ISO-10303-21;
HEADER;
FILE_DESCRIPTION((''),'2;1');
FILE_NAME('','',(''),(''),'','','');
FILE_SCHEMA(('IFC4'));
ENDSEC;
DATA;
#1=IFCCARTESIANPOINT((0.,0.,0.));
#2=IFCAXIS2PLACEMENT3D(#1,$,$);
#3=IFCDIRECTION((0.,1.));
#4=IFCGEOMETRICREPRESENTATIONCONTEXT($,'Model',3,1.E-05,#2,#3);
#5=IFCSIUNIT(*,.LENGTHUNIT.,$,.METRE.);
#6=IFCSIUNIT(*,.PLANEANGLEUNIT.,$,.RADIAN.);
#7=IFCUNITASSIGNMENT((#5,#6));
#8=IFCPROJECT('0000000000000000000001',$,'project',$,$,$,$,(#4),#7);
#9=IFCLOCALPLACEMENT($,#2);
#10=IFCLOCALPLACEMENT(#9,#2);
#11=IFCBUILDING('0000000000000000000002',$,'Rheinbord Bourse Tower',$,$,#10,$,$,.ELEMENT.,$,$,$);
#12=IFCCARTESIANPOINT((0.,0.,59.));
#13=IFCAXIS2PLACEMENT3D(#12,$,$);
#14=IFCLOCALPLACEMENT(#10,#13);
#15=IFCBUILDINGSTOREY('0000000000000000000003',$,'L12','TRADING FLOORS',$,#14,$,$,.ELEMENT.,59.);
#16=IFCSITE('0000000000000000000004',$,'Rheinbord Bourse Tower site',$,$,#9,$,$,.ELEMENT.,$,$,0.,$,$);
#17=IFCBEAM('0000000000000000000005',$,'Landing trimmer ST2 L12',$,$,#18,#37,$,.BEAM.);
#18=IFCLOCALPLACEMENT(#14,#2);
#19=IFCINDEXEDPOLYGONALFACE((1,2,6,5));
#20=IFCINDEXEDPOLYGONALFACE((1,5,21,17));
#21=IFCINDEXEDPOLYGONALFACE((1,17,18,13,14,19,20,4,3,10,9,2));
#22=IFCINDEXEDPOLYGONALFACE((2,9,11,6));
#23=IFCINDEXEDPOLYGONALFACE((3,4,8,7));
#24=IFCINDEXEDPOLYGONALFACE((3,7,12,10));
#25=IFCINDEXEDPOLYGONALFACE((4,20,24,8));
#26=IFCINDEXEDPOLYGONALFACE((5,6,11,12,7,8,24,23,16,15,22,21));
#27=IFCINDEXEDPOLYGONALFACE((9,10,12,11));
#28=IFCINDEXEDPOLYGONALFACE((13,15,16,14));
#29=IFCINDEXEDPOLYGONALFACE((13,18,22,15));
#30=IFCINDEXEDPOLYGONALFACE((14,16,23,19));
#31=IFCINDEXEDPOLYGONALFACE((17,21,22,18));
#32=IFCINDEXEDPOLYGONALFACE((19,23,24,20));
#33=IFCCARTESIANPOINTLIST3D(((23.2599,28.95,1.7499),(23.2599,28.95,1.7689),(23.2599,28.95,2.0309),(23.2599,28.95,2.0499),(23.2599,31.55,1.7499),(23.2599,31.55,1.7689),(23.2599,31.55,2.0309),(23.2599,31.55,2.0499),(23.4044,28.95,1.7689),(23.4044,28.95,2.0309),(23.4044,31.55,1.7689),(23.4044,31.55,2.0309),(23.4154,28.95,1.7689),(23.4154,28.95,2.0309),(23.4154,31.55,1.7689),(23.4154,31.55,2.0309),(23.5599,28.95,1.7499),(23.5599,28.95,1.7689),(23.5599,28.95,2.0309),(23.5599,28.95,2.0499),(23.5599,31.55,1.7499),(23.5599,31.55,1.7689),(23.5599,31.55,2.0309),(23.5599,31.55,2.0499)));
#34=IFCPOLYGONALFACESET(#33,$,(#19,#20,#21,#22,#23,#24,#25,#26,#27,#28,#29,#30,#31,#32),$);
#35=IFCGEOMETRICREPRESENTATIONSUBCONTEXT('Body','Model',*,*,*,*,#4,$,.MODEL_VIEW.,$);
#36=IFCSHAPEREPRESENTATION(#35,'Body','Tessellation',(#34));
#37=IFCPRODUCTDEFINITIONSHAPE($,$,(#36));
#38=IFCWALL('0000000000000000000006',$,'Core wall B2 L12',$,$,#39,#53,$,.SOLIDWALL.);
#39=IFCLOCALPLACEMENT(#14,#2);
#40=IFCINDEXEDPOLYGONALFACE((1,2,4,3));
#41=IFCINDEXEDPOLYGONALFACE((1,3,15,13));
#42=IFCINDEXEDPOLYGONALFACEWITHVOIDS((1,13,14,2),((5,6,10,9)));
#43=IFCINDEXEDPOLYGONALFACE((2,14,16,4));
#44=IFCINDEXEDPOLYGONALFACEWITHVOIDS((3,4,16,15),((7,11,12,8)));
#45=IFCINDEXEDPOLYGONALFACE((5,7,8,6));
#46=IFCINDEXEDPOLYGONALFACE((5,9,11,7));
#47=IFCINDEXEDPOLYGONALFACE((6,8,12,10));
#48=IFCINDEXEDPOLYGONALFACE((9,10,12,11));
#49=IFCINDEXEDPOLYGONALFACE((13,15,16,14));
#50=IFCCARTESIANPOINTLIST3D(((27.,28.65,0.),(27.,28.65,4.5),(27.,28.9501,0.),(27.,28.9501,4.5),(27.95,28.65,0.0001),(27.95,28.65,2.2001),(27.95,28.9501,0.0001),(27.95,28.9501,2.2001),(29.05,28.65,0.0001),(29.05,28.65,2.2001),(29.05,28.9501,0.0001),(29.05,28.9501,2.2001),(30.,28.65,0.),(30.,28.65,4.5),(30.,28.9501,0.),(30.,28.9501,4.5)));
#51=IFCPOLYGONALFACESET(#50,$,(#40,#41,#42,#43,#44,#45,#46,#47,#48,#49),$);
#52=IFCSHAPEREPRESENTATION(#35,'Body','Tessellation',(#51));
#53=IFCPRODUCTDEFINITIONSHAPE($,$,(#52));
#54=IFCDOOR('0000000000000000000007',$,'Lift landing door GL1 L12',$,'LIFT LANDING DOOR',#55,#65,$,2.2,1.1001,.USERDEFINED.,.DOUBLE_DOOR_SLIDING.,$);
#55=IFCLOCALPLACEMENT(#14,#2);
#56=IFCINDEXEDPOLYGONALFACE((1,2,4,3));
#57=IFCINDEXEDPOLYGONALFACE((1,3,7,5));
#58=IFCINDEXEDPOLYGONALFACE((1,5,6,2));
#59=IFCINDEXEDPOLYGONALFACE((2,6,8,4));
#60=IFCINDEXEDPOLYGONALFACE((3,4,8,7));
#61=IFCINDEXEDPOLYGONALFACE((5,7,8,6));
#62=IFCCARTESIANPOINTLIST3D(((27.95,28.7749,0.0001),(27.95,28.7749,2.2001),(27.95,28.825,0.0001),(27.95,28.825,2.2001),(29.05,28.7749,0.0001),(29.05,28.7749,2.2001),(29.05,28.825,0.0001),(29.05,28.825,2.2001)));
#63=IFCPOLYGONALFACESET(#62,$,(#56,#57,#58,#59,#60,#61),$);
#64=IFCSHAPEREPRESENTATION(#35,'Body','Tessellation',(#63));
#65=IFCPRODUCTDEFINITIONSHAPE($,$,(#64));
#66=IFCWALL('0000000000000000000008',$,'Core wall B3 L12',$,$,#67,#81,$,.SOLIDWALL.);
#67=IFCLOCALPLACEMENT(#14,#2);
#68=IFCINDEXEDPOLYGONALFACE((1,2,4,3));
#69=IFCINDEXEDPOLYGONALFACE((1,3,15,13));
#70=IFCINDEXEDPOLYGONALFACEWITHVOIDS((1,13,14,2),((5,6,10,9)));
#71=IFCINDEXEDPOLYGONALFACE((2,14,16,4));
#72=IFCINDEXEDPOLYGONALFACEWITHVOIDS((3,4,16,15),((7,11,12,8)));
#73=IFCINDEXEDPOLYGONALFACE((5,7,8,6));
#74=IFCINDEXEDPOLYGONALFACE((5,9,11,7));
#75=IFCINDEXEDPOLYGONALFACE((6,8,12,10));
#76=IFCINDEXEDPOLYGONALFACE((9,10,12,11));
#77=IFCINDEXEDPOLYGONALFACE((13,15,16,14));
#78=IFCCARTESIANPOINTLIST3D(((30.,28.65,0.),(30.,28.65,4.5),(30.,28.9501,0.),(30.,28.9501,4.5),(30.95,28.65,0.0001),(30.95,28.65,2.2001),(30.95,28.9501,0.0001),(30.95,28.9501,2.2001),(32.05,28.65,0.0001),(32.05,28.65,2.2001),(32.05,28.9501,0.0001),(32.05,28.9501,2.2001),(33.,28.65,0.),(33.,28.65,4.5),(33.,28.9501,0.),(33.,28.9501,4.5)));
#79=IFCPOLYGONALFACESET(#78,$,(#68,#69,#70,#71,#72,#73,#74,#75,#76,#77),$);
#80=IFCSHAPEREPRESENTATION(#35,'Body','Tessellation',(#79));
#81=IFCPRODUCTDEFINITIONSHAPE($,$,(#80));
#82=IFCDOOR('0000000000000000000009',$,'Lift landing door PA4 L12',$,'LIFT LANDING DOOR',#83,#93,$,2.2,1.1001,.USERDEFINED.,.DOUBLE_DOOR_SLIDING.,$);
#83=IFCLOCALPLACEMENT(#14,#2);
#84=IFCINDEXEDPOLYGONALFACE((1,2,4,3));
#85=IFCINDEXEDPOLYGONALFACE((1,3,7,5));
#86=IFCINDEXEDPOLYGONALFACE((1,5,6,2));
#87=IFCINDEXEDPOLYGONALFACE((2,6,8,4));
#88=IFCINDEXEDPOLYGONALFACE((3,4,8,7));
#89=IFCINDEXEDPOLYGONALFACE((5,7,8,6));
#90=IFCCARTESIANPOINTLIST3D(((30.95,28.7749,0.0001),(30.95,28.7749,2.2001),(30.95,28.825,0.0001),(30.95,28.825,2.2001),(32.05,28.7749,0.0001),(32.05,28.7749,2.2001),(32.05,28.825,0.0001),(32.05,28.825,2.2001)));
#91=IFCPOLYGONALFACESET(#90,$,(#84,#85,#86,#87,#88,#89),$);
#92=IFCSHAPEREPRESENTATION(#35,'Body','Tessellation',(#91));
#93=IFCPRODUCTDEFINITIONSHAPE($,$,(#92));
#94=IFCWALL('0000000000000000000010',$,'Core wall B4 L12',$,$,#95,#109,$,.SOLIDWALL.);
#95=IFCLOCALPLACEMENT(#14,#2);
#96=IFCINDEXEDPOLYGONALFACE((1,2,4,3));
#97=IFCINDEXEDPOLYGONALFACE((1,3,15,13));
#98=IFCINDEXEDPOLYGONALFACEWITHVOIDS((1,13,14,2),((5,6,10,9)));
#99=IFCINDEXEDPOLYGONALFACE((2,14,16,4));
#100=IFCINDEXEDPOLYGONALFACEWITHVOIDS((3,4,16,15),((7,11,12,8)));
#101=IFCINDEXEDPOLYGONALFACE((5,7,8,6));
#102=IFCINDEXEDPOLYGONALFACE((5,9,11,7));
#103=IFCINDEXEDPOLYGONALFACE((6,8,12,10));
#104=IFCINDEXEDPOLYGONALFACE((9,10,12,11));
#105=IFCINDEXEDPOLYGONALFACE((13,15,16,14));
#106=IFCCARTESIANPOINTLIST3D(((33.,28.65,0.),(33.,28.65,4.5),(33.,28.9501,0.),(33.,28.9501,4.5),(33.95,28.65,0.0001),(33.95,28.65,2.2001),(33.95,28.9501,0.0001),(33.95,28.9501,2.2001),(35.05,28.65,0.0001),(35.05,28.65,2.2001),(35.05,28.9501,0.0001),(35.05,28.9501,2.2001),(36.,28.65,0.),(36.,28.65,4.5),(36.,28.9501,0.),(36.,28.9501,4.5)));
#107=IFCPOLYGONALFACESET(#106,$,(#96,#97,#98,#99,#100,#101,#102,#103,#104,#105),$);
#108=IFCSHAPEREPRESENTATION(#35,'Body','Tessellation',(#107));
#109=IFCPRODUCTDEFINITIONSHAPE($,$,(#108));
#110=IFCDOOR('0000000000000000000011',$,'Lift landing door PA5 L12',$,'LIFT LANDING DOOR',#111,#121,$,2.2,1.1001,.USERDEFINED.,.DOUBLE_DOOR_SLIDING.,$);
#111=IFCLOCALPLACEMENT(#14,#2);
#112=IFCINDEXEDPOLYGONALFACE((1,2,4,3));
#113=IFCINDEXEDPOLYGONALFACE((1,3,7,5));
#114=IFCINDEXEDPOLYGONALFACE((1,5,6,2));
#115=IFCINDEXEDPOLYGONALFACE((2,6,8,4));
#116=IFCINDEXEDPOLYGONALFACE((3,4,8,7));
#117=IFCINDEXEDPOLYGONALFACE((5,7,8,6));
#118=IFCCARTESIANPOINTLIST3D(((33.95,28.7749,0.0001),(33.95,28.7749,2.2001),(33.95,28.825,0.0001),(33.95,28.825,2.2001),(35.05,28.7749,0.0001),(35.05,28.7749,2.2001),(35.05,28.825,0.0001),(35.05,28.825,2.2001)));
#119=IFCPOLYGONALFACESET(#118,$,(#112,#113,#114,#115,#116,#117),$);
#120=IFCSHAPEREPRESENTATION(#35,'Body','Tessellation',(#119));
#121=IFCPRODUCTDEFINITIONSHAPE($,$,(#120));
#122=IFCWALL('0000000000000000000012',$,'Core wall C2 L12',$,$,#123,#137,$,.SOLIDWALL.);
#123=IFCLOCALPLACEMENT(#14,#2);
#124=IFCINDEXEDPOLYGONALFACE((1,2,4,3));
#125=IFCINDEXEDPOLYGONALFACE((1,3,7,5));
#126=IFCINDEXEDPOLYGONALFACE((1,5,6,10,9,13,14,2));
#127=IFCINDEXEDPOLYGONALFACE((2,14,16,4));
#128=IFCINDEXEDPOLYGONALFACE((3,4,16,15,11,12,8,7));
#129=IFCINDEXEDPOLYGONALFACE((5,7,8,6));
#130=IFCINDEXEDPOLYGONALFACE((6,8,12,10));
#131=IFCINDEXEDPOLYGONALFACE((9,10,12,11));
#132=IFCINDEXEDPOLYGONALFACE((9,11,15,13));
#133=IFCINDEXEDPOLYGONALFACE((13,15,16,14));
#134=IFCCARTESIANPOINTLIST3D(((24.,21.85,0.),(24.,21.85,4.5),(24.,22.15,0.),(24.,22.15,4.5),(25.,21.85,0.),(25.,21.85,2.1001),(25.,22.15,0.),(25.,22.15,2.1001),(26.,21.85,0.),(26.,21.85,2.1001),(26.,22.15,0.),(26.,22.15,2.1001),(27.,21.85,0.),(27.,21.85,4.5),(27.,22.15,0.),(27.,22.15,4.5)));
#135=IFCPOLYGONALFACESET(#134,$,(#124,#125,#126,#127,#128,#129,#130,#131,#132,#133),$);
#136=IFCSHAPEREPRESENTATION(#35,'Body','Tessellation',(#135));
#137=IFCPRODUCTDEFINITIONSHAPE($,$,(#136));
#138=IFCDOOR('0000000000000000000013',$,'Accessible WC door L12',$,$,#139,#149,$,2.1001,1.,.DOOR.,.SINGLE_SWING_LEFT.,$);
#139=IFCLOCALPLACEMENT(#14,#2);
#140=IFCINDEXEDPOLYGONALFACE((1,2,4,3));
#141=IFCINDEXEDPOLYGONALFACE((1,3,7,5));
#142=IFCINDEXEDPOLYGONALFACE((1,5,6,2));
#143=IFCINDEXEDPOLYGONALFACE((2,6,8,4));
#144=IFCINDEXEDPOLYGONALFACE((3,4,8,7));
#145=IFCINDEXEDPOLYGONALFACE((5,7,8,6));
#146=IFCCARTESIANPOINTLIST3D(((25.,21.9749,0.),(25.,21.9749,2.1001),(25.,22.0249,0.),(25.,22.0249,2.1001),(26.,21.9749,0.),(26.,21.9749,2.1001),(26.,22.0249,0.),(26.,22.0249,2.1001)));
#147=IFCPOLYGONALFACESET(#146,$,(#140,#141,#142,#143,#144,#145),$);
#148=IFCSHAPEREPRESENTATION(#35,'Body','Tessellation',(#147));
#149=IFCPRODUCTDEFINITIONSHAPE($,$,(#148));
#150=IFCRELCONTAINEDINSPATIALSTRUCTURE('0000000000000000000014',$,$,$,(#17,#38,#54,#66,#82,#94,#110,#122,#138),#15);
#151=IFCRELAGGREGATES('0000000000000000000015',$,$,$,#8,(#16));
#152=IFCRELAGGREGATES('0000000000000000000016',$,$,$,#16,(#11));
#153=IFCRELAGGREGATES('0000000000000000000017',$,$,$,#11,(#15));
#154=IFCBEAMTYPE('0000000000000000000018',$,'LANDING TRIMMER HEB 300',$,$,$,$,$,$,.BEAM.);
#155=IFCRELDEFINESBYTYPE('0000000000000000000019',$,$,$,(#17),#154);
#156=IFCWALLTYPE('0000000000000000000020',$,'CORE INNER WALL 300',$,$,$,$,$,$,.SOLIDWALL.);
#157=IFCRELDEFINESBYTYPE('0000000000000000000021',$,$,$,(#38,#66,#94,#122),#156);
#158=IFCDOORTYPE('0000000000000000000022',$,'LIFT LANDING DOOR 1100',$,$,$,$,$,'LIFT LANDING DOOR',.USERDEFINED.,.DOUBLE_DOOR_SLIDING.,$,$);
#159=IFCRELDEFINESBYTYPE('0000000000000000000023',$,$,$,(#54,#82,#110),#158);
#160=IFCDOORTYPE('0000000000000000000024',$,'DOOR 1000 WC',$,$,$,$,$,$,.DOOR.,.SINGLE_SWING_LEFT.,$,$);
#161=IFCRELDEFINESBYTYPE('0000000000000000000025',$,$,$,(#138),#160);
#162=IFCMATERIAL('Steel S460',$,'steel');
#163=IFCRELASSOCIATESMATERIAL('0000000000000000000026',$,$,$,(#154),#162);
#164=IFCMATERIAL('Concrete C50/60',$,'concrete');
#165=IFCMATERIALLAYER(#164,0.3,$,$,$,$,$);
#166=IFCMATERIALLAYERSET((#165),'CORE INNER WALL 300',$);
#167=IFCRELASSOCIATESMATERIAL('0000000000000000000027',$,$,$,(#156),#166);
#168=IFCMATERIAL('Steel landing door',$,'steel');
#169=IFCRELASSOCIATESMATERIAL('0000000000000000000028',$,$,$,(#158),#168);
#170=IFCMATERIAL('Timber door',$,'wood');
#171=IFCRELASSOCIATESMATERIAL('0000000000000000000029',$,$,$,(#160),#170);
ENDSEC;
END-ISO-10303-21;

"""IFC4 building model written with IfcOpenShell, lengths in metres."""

from ifc_helpers import new_model, si_unit, direction, frame, frame_2d, origin, origin_2d, place, context, subcontext, project, spatial, rectangle, i_section, extrude, material, layer, layer_set, material_profile, profile_set, type_object, element, fill, save


model = new_model("IFC4")

# Units and contexts
model_context = context("Model", 3, precision=1e-05, world=origin(), true_north=direction((0.0, 1.0)))
body_context = subcontext(model_context, "Body", "Model", "MODEL_VIEW")
ifc_project = project(units=[si_unit("LENGTHUNIT", "METRE"), si_unit("PLANEANGLEUNIT", "RADIAN")], contexts=[model_context])

# Site, building, storey
site_placement = place(None, origin())
site = spatial("IfcSite", under=ifc_project, at=site_placement, Name="Rheinbord Bourse Tower site", CompositionType="ELEMENT", RefElevation=0.0)
building_placement = place(site_placement, origin())
building = spatial("IfcBuilding", under=site, at=building_placement, Name="Rheinbord Bourse Tower", CompositionType="ELEMENT")
storey_placement = place(building_placement, frame((0.0, 0.0, 59.0)))
storey = spatial("IfcBuildingStorey", under=building, at=storey_placement, Name="L12", Description="TRADING FLOORS", CompositionType="ELEMENT", Elevation=59.0)

# Beam
ifc_material_1 = material(Name="Steel S460", Category="steel")
ifc_material_profile = material_profile(ifc_material_1, i_section(OverallWidth=0.3, OverallDepth=0.3, WebThickness=0.011, FlangeThickness=0.019, at=origin_2d()), Name="HEB 300")
ifc_profile_set = profile_set([ifc_material_profile], Name="Steel S460")
beam_type = type_object("IfcBeamType", Name="LANDING TRIMMER HEB 300", PredefinedType="BEAM", material=ifc_profile_set)
beam_placement = place(storey_placement, frame((23.4099, 28.95, 1.8999), z_axis=(0.0, 1.0, 0.0), x_axis=(-1.0, 0.0, 0.0)))
element("IfcBeam", 1, at=beam_placement, inside=storey, type_object=beam_type, Name="Landing trimmer ST2 L12", PredefinedType="BEAM", context=body_context, shape_type="SweptSolid", body=[
    extrude(i_section(OverallWidth=0.3, OverallDepth=0.3, WebThickness=0.011, FlangeThickness=0.019, at=origin_2d()), origin(), (0.0, 0.0, 1.0), 2.6001),
])

# Walls, openings, doors
ifc_material_2 = material(Name="Concrete C50/60", Category="concrete")
ifc_layer_1 = layer(ifc_material_2, 0.3)
ifc_layer_set_1 = layer_set([ifc_layer_1], Name="CORE INNER WALL 300")
wall_type_1 = type_object("IfcWallType", Name="CORE INNER WALL 300", PredefinedType="SOLIDWALL", material=ifc_layer_set_1)
wall_1_placement = place(storey_placement, frame((27.0, 28.8, 0.0), z_axis=(0.0, 0.0, 1.0), x_axis=(1.0, 0.0, 0.0)))
wall_1 = element("IfcWall", 2, at=wall_1_placement, inside=storey, type_object=wall_type_1, Name="Core wall B2 L12", PredefinedType="SOLIDWALL", context=body_context, shape_type="SweptSolid", body=[
    extrude(rectangle(XDim=3.0, YDim=0.3, at=frame_2d((1.5, 0.0))), origin(), (0.0, 0.0, 1.0), 4.5),
])
opening_1_placement = place(wall_1_placement, frame((0.95, 0.0, 0.0)))
opening_1 = element("IfcOpeningElement", 3, at=opening_1_placement, cuts=wall_1, PredefinedType="OPENING", context=body_context, shape_type="SweptSolid", body=[
    extrude(rectangle(XDim=1.1001, YDim=2.2, at=frame_2d((0.55, 1.1001))), frame((0.0, 0.1599, 0.0), z_axis=(0.0, -1.0, 0.0), x_axis=(1.0, 0.0, 0.0)), (0.0, 0.0, 1.0), 0.3201),
])
ifc_material_3 = material(Name="Steel landing door", Category="steel")
door_type_1 = type_object("IfcDoorType", Name="LIFT LANDING DOOR 1100", ElementType="LIFT LANDING DOOR", OperationType="DOUBLE_DOOR_SLIDING", PredefinedType="USERDEFINED", material=ifc_material_3)
door_1_placement = place(opening_1_placement, origin())
door_1 = element("IfcDoor", 4, at=door_1_placement, inside=storey, type_object=door_type_1, Name="Lift landing door GL1 L12", ObjectType="LIFT LANDING DOOR", OperationType="DOUBLE_DOOR_SLIDING", OverallHeight=2.2, OverallWidth=1.1001, PredefinedType="USERDEFINED", context=body_context, shape_type="SweptSolid", body=[
    extrude(rectangle(XDim=1.1001, YDim=2.2, at=frame_2d((0.55, 1.1001))), frame((0.0, 0.0249, 0.0), z_axis=(0.0, -1.0, 0.0), x_axis=(1.0, 0.0, 0.0)), (0.0, 0.0, 1.0), 0.05),
])
fill(opening_1, door_1)
wall_2_placement = place(storey_placement, frame((30.0, 28.8, 0.0), z_axis=(0.0, 0.0, 1.0), x_axis=(1.0, 0.0, 0.0)))
wall_2 = element("IfcWall", 5, at=wall_2_placement, inside=storey, type_object=wall_type_1, Name="Core wall B3 L12", PredefinedType="SOLIDWALL", context=body_context, shape_type="SweptSolid", body=[
    extrude(rectangle(XDim=3.0, YDim=0.3, at=frame_2d((1.5, 0.0))), origin(), (0.0, 0.0, 1.0), 4.5),
])
opening_2_placement = place(wall_2_placement, frame((0.95, 0.0, 0.0)))
opening_2 = element("IfcOpeningElement", 6, at=opening_2_placement, cuts=wall_2, PredefinedType="OPENING", context=body_context, shape_type="SweptSolid", body=[
    extrude(rectangle(XDim=1.1001, YDim=2.2, at=frame_2d((0.55, 1.1001))), frame((0.0, 0.1599, 0.0), z_axis=(0.0, -1.0, 0.0), x_axis=(1.0, 0.0, 0.0)), (0.0, 0.0, 1.0), 0.3201),
])
door_2_placement = place(opening_2_placement, origin())
door_2 = element("IfcDoor", 7, at=door_2_placement, inside=storey, type_object=door_type_1, Name="Lift landing door PA4 L12", ObjectType="LIFT LANDING DOOR", OperationType="DOUBLE_DOOR_SLIDING", OverallHeight=2.2, OverallWidth=1.1001, PredefinedType="USERDEFINED", context=body_context, shape_type="SweptSolid", body=[
    extrude(rectangle(XDim=1.1001, YDim=2.2, at=frame_2d((0.55, 1.1001))), frame((0.0, 0.0249, 0.0), z_axis=(0.0, -1.0, 0.0), x_axis=(1.0, 0.0, 0.0)), (0.0, 0.0, 1.0), 0.05),
])
fill(opening_2, door_2)
wall_3_placement = place(storey_placement, frame((33.0, 28.8, 0.0), z_axis=(0.0, 0.0, 1.0), x_axis=(1.0, 0.0, 0.0)))
wall_3 = element("IfcWall", 8, at=wall_3_placement, inside=storey, type_object=wall_type_1, Name="Core wall B4 L12", PredefinedType="SOLIDWALL", context=body_context, shape_type="SweptSolid", body=[
    extrude(rectangle(XDim=3.0, YDim=0.3, at=frame_2d((1.5, 0.0))), origin(), (0.0, 0.0, 1.0), 4.5),
])
opening_3_placement = place(wall_3_placement, frame((0.95, 0.0, 0.0)))
opening_3 = element("IfcOpeningElement", 9, at=opening_3_placement, cuts=wall_3, PredefinedType="OPENING", context=body_context, shape_type="SweptSolid", body=[
    extrude(rectangle(XDim=1.1001, YDim=2.2, at=frame_2d((0.55, 1.1001))), frame((0.0, 0.1599, 0.0), z_axis=(0.0, -1.0, 0.0), x_axis=(1.0, 0.0, 0.0)), (0.0, 0.0, 1.0), 0.3201),
])
door_3_placement = place(opening_3_placement, origin())
door_3 = element("IfcDoor", 10, at=door_3_placement, inside=storey, type_object=door_type_1, Name="Lift landing door PA5 L12", ObjectType="LIFT LANDING DOOR", OperationType="DOUBLE_DOOR_SLIDING", OverallHeight=2.2, OverallWidth=1.1001, PredefinedType="USERDEFINED", context=body_context, shape_type="SweptSolid", body=[
    extrude(rectangle(XDim=1.1001, YDim=2.2, at=frame_2d((0.55, 1.1001))), frame((0.0, 0.0249, 0.0), z_axis=(0.0, -1.0, 0.0), x_axis=(1.0, 0.0, 0.0)), (0.0, 0.0, 1.0), 0.05),
])
fill(opening_3, door_3)
wall_4_placement = place(storey_placement, frame((24.0, 22.0, 0.0), z_axis=(0.0, 0.0, 1.0), x_axis=(1.0, 0.0, 0.0)))
wall_4 = element("IfcWall", 11, at=wall_4_placement, inside=storey, type_object=wall_type_1, Name="Core wall C2 L12", PredefinedType="SOLIDWALL", context=body_context, shape_type="SweptSolid", body=[
    extrude(rectangle(XDim=3.0, YDim=0.3, at=frame_2d((1.5, 0.0))), origin(), (0.0, 0.0, 1.0), 4.5),
])
opening_4_placement = place(wall_4_placement, frame((1.0, 0.0, 0.0)))
opening_4 = element("IfcOpeningElement", 12, at=opening_4_placement, cuts=wall_4, PredefinedType="OPENING", context=body_context, shape_type="SweptSolid", body=[
    extrude(rectangle(XDim=1.0, YDim=2.1001, at=frame_2d((0.5, 1.05))), frame((0.0, 0.1599, 0.0), z_axis=(0.0, -1.0, 0.0), x_axis=(1.0, 0.0, 0.0)), (0.0, 0.0, 1.0), 0.3201),
])
ifc_material_4 = material(Name="Timber door", Category="wood")
door_type_2 = type_object("IfcDoorType", Name="DOOR 1000 WC", OperationType="SINGLE_SWING_LEFT", PredefinedType="DOOR", material=ifc_material_4)
door_4_placement = place(opening_4_placement, origin())
door_4 = element("IfcDoor", 13, at=door_4_placement, inside=storey, type_object=door_type_2, Name="Accessible WC door L12", OperationType="SINGLE_SWING_LEFT", OverallHeight=2.1001, OverallWidth=1.0, PredefinedType="DOOR", context=body_context, shape_type="SweptSolid", body=[
    extrude(rectangle(XDim=1.0, YDim=2.1001, at=frame_2d((0.5, 1.05))), frame((0.0, 0.0249, 0.0), z_axis=(0.0, -1.0, 0.0), x_axis=(1.0, 0.0, 0.0)), (0.0, 0.0, 1.0), 0.05),
])
fill(opening_4, door_4)

save(model, "model.ifc")
